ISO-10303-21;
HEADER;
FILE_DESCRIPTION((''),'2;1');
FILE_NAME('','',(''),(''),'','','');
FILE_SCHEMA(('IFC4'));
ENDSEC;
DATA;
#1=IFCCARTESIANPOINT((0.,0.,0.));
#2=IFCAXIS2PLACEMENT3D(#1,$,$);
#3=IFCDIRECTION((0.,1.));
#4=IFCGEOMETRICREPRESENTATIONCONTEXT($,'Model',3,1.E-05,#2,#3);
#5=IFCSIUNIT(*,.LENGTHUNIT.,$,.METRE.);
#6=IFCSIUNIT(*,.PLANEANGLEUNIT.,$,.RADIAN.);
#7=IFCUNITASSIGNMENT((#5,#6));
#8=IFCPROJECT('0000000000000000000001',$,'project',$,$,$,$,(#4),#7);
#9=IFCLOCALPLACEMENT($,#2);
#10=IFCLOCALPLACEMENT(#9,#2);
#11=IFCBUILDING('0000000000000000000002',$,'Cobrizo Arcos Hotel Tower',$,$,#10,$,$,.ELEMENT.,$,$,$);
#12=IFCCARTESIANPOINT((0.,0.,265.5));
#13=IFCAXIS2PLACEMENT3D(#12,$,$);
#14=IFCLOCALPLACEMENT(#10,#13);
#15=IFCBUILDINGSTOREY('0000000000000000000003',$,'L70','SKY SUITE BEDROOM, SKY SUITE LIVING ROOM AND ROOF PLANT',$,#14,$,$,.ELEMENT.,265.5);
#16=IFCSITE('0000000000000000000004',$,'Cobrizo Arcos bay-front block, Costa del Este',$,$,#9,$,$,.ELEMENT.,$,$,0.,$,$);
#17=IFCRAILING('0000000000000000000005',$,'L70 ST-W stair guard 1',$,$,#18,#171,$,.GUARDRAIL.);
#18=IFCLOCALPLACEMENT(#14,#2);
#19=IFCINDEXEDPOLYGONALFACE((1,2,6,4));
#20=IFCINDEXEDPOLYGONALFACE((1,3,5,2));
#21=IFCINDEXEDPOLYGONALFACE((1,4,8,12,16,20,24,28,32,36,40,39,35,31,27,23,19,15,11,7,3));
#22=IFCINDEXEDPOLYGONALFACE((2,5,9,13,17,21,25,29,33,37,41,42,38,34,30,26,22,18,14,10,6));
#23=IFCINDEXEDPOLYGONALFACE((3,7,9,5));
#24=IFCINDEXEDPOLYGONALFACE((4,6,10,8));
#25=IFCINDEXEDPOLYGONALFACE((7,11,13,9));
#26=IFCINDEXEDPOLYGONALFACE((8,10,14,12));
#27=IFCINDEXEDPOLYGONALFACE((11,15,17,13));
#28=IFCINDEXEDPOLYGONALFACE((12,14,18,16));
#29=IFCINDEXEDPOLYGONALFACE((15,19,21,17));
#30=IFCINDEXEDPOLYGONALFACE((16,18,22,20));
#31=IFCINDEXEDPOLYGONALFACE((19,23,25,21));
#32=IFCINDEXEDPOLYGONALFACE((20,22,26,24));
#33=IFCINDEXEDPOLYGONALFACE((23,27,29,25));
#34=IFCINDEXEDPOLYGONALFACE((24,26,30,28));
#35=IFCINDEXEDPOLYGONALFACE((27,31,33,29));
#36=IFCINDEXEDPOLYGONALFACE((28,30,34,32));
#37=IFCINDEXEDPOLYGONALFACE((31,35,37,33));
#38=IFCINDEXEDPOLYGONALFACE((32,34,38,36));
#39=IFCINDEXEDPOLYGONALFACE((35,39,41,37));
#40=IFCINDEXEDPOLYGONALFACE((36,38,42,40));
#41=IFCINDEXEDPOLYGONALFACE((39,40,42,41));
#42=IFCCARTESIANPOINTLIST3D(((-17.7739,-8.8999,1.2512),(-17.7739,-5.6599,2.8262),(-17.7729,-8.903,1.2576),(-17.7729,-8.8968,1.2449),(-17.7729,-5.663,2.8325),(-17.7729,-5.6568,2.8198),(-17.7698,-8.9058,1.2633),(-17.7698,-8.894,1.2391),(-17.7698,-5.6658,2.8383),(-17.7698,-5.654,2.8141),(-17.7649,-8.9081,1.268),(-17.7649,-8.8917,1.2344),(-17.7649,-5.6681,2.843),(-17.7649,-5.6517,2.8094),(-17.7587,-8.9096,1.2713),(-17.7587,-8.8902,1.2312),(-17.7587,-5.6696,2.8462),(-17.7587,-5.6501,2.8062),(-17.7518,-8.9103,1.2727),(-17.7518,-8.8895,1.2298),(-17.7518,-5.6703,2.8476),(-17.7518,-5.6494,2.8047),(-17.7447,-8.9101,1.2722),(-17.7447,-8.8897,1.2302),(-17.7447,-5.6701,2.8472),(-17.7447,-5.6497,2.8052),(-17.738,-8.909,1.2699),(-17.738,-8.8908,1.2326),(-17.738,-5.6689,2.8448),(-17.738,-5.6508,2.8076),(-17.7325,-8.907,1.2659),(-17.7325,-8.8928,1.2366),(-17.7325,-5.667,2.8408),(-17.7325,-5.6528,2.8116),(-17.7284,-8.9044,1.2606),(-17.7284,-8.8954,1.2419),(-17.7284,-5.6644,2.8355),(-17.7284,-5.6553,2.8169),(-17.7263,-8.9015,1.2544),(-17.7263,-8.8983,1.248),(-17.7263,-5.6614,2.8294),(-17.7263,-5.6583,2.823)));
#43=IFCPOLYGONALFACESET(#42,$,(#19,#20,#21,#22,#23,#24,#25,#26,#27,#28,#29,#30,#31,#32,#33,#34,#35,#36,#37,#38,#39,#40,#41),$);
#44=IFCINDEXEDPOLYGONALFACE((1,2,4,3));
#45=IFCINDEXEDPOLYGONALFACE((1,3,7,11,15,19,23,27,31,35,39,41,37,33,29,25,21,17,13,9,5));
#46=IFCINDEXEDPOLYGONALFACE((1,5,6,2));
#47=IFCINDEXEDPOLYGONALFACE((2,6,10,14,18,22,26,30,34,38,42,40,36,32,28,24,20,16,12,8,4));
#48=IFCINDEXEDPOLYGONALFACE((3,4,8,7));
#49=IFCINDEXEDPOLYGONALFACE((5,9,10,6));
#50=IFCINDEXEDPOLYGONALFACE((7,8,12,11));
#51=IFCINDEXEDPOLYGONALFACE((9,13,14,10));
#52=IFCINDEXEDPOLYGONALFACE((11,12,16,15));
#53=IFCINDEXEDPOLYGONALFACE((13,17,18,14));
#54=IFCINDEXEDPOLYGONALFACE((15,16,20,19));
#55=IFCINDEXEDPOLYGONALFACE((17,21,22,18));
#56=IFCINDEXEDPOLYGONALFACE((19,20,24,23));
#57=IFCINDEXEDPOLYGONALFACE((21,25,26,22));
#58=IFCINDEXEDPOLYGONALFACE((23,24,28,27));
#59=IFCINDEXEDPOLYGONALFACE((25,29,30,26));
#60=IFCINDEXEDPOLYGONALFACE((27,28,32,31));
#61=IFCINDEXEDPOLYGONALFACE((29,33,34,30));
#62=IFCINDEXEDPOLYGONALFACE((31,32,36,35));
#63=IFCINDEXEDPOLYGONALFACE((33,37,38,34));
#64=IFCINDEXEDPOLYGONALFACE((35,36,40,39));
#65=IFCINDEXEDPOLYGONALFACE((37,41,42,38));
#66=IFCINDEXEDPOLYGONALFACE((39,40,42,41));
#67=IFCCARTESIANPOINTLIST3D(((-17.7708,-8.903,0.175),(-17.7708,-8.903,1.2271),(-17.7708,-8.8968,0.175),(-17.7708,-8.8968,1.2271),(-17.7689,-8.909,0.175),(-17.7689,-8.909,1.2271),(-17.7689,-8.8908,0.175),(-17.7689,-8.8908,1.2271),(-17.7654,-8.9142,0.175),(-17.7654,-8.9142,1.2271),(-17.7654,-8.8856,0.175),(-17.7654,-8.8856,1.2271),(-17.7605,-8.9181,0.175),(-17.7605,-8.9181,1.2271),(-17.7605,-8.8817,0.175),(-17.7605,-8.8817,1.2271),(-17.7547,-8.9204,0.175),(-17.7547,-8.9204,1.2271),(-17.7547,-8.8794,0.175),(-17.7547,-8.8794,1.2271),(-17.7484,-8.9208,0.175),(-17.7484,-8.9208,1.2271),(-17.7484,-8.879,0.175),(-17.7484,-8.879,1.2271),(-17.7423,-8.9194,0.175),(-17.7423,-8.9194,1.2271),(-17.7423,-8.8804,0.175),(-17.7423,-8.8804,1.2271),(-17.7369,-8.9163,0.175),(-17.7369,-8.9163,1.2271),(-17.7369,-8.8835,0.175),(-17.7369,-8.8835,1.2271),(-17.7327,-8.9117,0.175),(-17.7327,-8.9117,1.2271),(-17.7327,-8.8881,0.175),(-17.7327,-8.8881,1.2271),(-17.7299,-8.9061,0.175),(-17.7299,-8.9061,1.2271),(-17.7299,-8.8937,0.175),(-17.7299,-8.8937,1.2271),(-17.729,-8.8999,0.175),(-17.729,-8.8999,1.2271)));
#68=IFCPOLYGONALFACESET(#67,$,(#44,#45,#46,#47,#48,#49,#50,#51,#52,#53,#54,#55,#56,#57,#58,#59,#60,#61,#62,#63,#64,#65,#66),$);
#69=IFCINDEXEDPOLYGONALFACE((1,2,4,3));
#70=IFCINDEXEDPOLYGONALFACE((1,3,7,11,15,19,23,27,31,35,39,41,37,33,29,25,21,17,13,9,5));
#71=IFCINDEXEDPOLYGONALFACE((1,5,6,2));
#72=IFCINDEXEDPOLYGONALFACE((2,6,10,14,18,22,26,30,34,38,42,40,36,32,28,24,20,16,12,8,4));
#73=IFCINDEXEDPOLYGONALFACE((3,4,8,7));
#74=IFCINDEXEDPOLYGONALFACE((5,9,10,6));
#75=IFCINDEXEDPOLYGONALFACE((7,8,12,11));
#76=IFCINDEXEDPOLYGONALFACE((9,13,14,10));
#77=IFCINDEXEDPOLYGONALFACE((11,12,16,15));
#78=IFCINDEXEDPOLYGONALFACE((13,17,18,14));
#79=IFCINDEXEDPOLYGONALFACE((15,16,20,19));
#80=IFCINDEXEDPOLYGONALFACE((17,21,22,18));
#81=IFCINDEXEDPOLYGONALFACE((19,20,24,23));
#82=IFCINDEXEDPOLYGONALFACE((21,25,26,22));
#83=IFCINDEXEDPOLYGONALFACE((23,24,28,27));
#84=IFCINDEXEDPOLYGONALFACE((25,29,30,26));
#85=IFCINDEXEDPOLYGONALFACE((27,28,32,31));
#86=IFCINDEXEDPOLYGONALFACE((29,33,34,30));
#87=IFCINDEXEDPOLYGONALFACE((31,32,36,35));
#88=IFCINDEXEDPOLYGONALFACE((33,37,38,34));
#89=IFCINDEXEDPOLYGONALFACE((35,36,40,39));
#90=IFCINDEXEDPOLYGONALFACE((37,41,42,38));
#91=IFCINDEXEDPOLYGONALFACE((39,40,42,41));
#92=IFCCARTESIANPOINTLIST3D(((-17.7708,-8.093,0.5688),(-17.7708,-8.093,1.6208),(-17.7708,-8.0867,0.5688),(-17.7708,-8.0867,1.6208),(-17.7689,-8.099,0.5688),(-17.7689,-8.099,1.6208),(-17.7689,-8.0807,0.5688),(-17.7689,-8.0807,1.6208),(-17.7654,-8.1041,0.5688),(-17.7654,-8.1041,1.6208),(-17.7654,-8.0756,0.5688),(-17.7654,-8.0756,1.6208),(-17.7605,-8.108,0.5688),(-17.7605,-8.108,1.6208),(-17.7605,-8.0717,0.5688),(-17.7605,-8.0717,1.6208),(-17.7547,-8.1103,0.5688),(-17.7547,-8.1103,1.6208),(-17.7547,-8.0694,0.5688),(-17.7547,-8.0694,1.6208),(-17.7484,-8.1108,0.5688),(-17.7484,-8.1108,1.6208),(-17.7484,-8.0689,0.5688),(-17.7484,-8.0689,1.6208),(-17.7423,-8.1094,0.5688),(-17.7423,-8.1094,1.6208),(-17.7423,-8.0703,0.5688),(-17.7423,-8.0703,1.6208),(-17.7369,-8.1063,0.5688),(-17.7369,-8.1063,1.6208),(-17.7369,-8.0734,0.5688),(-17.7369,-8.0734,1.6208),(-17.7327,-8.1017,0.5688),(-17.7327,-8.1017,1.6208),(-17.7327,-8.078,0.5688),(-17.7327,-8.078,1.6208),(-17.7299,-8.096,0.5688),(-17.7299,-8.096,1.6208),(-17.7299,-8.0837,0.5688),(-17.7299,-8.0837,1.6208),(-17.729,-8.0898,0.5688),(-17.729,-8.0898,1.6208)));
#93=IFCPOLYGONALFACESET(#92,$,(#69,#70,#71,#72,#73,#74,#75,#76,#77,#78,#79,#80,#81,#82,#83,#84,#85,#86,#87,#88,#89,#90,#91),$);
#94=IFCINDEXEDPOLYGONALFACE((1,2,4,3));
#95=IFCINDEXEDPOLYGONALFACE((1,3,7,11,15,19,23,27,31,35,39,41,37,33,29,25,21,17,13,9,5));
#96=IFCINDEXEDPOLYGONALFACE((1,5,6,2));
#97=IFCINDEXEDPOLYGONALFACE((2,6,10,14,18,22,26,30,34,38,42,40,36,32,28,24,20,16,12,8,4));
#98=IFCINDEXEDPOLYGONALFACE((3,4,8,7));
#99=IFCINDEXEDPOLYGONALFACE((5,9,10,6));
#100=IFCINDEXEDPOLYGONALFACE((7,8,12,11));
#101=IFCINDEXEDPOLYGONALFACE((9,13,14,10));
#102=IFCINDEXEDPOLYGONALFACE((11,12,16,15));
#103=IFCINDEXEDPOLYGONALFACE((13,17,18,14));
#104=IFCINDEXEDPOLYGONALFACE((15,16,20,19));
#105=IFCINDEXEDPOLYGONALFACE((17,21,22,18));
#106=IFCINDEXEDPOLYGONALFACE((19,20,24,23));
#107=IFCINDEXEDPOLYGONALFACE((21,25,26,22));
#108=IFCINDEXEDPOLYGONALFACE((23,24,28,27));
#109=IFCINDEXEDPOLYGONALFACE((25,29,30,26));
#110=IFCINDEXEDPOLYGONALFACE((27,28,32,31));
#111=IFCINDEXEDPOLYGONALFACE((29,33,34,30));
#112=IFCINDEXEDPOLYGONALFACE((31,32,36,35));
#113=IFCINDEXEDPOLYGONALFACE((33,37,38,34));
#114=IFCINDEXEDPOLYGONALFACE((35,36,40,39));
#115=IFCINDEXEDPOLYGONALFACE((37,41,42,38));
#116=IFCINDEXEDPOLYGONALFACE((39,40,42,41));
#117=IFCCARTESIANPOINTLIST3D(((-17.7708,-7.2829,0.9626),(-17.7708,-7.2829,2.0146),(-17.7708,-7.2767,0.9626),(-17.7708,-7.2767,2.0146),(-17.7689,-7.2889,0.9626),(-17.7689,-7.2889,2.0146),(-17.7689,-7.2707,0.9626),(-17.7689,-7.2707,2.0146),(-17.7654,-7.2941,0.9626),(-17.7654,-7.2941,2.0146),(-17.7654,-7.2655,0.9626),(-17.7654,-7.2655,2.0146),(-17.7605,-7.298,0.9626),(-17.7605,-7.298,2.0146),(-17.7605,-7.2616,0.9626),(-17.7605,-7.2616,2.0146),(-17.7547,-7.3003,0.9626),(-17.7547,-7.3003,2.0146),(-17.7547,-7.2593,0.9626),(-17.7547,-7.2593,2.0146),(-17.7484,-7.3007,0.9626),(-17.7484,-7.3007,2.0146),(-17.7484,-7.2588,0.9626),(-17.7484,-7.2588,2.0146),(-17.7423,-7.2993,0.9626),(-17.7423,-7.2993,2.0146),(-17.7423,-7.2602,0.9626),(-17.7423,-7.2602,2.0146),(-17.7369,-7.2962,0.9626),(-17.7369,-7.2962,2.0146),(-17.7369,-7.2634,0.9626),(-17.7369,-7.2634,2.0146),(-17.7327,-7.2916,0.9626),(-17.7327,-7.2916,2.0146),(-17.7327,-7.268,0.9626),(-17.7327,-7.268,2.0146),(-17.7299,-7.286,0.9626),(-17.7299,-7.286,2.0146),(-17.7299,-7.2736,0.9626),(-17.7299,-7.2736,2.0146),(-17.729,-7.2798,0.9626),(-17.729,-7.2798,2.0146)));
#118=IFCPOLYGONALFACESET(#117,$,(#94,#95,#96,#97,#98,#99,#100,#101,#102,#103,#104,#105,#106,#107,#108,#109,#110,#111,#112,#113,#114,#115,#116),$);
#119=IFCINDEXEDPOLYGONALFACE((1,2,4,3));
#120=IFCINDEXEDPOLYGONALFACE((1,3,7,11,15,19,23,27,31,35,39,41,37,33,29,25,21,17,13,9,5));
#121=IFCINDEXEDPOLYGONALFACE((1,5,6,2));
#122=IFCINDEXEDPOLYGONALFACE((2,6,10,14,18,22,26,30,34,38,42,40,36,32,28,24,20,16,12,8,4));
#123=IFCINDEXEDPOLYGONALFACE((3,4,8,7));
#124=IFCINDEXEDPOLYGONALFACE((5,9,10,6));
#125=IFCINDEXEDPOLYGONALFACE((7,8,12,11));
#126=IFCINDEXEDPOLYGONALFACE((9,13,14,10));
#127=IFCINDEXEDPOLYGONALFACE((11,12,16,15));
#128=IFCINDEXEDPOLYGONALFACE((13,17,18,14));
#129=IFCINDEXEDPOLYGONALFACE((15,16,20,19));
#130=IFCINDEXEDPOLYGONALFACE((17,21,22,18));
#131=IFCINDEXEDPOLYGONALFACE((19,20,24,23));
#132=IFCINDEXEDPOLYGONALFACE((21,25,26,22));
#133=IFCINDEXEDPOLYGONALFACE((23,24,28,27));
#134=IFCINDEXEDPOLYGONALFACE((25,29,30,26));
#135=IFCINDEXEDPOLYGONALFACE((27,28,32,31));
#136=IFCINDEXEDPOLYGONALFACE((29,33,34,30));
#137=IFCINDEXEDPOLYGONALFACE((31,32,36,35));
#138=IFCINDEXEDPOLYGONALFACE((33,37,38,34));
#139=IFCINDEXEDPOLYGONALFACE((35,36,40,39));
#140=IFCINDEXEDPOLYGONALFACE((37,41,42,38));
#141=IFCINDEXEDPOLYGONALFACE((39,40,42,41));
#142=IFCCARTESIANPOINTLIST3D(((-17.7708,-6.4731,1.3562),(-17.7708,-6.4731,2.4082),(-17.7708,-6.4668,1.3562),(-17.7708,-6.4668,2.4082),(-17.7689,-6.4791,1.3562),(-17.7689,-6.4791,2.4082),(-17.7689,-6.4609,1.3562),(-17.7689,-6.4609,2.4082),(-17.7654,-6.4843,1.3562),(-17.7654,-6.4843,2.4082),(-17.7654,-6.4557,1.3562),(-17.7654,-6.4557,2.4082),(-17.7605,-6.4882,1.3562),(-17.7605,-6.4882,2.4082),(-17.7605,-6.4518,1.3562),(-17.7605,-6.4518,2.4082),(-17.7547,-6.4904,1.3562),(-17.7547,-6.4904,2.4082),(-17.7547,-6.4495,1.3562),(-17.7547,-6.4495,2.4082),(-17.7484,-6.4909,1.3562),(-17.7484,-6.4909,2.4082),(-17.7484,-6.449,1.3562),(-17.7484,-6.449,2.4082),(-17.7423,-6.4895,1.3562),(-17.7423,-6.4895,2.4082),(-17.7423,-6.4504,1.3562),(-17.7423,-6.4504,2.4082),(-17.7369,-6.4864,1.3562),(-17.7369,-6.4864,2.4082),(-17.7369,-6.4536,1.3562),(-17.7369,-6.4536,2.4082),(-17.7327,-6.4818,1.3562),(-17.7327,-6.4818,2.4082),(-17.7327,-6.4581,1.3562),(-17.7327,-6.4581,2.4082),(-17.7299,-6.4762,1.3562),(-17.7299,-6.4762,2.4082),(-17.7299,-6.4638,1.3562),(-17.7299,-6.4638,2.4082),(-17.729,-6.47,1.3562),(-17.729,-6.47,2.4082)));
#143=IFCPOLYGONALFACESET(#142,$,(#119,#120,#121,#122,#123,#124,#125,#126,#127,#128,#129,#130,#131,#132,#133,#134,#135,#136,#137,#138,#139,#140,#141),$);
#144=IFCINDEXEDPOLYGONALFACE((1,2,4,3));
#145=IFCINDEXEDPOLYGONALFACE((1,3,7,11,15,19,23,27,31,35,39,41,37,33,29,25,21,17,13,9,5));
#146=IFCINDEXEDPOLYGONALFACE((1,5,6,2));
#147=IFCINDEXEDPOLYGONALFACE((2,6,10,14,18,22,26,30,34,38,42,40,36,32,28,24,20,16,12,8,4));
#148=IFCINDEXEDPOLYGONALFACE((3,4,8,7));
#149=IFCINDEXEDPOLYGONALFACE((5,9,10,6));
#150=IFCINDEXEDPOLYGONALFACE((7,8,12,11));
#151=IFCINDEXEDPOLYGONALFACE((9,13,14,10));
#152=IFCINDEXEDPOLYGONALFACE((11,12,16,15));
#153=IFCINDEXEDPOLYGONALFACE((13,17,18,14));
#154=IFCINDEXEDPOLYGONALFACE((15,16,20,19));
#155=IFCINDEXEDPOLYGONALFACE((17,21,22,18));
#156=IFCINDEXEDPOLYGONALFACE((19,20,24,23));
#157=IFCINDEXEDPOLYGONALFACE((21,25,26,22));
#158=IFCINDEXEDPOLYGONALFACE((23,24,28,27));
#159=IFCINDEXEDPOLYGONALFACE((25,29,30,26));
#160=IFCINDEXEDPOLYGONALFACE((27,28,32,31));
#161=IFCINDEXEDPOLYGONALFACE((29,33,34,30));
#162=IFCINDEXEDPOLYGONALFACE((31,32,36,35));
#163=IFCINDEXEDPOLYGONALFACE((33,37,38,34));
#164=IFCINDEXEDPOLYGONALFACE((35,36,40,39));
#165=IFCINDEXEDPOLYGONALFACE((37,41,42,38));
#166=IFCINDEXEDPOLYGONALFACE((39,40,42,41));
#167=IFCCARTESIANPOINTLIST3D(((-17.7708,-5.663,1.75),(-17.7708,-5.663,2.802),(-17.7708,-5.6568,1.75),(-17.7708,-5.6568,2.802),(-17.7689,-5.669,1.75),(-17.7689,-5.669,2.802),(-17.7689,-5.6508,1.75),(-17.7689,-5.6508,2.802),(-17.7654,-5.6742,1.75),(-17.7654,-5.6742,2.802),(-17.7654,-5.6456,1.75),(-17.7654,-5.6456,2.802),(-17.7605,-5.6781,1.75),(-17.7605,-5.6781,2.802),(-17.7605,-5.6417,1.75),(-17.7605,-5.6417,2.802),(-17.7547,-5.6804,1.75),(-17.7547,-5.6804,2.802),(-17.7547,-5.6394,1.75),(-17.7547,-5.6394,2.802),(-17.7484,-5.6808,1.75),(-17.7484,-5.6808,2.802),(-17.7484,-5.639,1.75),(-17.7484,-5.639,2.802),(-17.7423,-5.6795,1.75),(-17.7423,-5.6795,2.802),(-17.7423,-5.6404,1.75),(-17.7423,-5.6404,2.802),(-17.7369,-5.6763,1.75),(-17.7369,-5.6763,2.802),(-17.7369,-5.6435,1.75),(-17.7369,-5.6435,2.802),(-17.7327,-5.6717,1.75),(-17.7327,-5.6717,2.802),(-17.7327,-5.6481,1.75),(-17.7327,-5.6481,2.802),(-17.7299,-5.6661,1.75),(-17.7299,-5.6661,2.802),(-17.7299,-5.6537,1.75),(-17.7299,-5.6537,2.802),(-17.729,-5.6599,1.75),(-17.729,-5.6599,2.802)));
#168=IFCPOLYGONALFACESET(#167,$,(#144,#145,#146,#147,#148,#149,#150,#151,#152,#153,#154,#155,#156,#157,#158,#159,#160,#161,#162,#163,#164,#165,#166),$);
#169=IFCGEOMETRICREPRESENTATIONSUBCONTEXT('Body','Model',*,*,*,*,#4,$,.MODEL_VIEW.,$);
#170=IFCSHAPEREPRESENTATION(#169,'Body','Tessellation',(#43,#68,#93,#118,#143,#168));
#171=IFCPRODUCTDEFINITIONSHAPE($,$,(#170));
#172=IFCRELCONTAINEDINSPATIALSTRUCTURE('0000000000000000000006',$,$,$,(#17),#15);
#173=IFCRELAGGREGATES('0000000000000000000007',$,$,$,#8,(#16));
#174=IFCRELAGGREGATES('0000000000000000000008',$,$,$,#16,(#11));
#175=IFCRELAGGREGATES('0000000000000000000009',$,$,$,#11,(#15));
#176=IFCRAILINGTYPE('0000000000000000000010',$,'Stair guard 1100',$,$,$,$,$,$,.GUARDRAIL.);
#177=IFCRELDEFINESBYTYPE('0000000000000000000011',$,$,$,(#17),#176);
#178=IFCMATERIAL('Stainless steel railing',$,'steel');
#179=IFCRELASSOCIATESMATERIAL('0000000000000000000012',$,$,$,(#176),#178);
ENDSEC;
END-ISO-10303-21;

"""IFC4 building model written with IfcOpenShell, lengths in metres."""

from ifc_helpers import new_model, si_unit, direction, frame, origin, origin_2d, place, context, subcontext, project, spatial, circle, extrude, material, type_object, element, save


model = new_model("IFC4")

# Units and contexts
model_context = context("Model", 3, precision=1e-05, world=origin(), true_north=direction((0.0, 1.0)))
body_context = subcontext(model_context, "Body", "Model", "MODEL_VIEW")
ifc_project = project(units=[si_unit("LENGTHUNIT", "METRE"), si_unit("PLANEANGLEUNIT", "RADIAN")], contexts=[model_context])

# Site, building, storey
site_placement = place(None, origin())
site = spatial("IfcSite", under=ifc_project, at=site_placement, Name="Cobrizo Arcos bay-front block, Costa del Este", CompositionType="ELEMENT", RefElevation=0.0)
building_placement = place(site_placement, origin())
building = spatial("IfcBuilding", under=site, at=building_placement, Name="Cobrizo Arcos Hotel Tower", CompositionType="ELEMENT")
storey_placement = place(building_placement, frame((0.0, 0.0, 265.5)))
storey = spatial("IfcBuildingStorey", under=building, at=storey_placement, Name="L70", Description="SKY SUITE BEDROOM, SKY SUITE LIVING ROOM AND ROOF PLANT", CompositionType="ELEMENT", Elevation=265.5)

# Railing
ifc_material_1 = material(Name="Stainless steel railing", Category="steel")
railing_type_1 = type_object("IfcRailingType", Name="Stair guard 1100", PredefinedType="GUARDRAIL", material=ifc_material_1)
railing_1_placement = place(storey_placement, frame((-17.75, -8.8999, 0.175)))
element("IfcRailing", 1, at=railing_1_placement, inside=storey, type_object=railing_type_1, Name="L70 ST-W stair guard 1", PredefinedType="GUARDRAIL", context=body_context, shape_type="SweptSolid", body=[
    extrude(circle(Radius=0.0239, at=origin_2d()), frame((0.0, 0.0, 1.0762), z_axis=(0.0, 0.899373, 0.437183), x_axis=(-1.0, 0.0, 0.0)), (0.0, 0.0, 1.0), 3.6025),
    extrude(circle(Radius=0.021, at=origin_2d()), origin(), (0.0, 0.0, 1.0), 1.052),
    extrude(circle(Radius=0.021, at=origin_2d()), frame((0.0, 0.8101, 0.3938)), (0.0, 0.0, 1.0), 1.052),
    extrude(circle(Radius=0.021, at=origin_2d()), frame((0.0, 1.6201, 0.7876)), (0.0, 0.0, 1.0), 1.052),
    extrude(circle(Radius=0.021, at=origin_2d()), frame((0.0, 2.4299, 1.1812)), (0.0, 0.0, 1.0), 1.052),
    extrude(circle(Radius=0.021, at=origin_2d()), frame((0.0, 3.24, 1.575)), (0.0, 0.0, 1.0), 1.052),
])

save(model, "model.ifc")
